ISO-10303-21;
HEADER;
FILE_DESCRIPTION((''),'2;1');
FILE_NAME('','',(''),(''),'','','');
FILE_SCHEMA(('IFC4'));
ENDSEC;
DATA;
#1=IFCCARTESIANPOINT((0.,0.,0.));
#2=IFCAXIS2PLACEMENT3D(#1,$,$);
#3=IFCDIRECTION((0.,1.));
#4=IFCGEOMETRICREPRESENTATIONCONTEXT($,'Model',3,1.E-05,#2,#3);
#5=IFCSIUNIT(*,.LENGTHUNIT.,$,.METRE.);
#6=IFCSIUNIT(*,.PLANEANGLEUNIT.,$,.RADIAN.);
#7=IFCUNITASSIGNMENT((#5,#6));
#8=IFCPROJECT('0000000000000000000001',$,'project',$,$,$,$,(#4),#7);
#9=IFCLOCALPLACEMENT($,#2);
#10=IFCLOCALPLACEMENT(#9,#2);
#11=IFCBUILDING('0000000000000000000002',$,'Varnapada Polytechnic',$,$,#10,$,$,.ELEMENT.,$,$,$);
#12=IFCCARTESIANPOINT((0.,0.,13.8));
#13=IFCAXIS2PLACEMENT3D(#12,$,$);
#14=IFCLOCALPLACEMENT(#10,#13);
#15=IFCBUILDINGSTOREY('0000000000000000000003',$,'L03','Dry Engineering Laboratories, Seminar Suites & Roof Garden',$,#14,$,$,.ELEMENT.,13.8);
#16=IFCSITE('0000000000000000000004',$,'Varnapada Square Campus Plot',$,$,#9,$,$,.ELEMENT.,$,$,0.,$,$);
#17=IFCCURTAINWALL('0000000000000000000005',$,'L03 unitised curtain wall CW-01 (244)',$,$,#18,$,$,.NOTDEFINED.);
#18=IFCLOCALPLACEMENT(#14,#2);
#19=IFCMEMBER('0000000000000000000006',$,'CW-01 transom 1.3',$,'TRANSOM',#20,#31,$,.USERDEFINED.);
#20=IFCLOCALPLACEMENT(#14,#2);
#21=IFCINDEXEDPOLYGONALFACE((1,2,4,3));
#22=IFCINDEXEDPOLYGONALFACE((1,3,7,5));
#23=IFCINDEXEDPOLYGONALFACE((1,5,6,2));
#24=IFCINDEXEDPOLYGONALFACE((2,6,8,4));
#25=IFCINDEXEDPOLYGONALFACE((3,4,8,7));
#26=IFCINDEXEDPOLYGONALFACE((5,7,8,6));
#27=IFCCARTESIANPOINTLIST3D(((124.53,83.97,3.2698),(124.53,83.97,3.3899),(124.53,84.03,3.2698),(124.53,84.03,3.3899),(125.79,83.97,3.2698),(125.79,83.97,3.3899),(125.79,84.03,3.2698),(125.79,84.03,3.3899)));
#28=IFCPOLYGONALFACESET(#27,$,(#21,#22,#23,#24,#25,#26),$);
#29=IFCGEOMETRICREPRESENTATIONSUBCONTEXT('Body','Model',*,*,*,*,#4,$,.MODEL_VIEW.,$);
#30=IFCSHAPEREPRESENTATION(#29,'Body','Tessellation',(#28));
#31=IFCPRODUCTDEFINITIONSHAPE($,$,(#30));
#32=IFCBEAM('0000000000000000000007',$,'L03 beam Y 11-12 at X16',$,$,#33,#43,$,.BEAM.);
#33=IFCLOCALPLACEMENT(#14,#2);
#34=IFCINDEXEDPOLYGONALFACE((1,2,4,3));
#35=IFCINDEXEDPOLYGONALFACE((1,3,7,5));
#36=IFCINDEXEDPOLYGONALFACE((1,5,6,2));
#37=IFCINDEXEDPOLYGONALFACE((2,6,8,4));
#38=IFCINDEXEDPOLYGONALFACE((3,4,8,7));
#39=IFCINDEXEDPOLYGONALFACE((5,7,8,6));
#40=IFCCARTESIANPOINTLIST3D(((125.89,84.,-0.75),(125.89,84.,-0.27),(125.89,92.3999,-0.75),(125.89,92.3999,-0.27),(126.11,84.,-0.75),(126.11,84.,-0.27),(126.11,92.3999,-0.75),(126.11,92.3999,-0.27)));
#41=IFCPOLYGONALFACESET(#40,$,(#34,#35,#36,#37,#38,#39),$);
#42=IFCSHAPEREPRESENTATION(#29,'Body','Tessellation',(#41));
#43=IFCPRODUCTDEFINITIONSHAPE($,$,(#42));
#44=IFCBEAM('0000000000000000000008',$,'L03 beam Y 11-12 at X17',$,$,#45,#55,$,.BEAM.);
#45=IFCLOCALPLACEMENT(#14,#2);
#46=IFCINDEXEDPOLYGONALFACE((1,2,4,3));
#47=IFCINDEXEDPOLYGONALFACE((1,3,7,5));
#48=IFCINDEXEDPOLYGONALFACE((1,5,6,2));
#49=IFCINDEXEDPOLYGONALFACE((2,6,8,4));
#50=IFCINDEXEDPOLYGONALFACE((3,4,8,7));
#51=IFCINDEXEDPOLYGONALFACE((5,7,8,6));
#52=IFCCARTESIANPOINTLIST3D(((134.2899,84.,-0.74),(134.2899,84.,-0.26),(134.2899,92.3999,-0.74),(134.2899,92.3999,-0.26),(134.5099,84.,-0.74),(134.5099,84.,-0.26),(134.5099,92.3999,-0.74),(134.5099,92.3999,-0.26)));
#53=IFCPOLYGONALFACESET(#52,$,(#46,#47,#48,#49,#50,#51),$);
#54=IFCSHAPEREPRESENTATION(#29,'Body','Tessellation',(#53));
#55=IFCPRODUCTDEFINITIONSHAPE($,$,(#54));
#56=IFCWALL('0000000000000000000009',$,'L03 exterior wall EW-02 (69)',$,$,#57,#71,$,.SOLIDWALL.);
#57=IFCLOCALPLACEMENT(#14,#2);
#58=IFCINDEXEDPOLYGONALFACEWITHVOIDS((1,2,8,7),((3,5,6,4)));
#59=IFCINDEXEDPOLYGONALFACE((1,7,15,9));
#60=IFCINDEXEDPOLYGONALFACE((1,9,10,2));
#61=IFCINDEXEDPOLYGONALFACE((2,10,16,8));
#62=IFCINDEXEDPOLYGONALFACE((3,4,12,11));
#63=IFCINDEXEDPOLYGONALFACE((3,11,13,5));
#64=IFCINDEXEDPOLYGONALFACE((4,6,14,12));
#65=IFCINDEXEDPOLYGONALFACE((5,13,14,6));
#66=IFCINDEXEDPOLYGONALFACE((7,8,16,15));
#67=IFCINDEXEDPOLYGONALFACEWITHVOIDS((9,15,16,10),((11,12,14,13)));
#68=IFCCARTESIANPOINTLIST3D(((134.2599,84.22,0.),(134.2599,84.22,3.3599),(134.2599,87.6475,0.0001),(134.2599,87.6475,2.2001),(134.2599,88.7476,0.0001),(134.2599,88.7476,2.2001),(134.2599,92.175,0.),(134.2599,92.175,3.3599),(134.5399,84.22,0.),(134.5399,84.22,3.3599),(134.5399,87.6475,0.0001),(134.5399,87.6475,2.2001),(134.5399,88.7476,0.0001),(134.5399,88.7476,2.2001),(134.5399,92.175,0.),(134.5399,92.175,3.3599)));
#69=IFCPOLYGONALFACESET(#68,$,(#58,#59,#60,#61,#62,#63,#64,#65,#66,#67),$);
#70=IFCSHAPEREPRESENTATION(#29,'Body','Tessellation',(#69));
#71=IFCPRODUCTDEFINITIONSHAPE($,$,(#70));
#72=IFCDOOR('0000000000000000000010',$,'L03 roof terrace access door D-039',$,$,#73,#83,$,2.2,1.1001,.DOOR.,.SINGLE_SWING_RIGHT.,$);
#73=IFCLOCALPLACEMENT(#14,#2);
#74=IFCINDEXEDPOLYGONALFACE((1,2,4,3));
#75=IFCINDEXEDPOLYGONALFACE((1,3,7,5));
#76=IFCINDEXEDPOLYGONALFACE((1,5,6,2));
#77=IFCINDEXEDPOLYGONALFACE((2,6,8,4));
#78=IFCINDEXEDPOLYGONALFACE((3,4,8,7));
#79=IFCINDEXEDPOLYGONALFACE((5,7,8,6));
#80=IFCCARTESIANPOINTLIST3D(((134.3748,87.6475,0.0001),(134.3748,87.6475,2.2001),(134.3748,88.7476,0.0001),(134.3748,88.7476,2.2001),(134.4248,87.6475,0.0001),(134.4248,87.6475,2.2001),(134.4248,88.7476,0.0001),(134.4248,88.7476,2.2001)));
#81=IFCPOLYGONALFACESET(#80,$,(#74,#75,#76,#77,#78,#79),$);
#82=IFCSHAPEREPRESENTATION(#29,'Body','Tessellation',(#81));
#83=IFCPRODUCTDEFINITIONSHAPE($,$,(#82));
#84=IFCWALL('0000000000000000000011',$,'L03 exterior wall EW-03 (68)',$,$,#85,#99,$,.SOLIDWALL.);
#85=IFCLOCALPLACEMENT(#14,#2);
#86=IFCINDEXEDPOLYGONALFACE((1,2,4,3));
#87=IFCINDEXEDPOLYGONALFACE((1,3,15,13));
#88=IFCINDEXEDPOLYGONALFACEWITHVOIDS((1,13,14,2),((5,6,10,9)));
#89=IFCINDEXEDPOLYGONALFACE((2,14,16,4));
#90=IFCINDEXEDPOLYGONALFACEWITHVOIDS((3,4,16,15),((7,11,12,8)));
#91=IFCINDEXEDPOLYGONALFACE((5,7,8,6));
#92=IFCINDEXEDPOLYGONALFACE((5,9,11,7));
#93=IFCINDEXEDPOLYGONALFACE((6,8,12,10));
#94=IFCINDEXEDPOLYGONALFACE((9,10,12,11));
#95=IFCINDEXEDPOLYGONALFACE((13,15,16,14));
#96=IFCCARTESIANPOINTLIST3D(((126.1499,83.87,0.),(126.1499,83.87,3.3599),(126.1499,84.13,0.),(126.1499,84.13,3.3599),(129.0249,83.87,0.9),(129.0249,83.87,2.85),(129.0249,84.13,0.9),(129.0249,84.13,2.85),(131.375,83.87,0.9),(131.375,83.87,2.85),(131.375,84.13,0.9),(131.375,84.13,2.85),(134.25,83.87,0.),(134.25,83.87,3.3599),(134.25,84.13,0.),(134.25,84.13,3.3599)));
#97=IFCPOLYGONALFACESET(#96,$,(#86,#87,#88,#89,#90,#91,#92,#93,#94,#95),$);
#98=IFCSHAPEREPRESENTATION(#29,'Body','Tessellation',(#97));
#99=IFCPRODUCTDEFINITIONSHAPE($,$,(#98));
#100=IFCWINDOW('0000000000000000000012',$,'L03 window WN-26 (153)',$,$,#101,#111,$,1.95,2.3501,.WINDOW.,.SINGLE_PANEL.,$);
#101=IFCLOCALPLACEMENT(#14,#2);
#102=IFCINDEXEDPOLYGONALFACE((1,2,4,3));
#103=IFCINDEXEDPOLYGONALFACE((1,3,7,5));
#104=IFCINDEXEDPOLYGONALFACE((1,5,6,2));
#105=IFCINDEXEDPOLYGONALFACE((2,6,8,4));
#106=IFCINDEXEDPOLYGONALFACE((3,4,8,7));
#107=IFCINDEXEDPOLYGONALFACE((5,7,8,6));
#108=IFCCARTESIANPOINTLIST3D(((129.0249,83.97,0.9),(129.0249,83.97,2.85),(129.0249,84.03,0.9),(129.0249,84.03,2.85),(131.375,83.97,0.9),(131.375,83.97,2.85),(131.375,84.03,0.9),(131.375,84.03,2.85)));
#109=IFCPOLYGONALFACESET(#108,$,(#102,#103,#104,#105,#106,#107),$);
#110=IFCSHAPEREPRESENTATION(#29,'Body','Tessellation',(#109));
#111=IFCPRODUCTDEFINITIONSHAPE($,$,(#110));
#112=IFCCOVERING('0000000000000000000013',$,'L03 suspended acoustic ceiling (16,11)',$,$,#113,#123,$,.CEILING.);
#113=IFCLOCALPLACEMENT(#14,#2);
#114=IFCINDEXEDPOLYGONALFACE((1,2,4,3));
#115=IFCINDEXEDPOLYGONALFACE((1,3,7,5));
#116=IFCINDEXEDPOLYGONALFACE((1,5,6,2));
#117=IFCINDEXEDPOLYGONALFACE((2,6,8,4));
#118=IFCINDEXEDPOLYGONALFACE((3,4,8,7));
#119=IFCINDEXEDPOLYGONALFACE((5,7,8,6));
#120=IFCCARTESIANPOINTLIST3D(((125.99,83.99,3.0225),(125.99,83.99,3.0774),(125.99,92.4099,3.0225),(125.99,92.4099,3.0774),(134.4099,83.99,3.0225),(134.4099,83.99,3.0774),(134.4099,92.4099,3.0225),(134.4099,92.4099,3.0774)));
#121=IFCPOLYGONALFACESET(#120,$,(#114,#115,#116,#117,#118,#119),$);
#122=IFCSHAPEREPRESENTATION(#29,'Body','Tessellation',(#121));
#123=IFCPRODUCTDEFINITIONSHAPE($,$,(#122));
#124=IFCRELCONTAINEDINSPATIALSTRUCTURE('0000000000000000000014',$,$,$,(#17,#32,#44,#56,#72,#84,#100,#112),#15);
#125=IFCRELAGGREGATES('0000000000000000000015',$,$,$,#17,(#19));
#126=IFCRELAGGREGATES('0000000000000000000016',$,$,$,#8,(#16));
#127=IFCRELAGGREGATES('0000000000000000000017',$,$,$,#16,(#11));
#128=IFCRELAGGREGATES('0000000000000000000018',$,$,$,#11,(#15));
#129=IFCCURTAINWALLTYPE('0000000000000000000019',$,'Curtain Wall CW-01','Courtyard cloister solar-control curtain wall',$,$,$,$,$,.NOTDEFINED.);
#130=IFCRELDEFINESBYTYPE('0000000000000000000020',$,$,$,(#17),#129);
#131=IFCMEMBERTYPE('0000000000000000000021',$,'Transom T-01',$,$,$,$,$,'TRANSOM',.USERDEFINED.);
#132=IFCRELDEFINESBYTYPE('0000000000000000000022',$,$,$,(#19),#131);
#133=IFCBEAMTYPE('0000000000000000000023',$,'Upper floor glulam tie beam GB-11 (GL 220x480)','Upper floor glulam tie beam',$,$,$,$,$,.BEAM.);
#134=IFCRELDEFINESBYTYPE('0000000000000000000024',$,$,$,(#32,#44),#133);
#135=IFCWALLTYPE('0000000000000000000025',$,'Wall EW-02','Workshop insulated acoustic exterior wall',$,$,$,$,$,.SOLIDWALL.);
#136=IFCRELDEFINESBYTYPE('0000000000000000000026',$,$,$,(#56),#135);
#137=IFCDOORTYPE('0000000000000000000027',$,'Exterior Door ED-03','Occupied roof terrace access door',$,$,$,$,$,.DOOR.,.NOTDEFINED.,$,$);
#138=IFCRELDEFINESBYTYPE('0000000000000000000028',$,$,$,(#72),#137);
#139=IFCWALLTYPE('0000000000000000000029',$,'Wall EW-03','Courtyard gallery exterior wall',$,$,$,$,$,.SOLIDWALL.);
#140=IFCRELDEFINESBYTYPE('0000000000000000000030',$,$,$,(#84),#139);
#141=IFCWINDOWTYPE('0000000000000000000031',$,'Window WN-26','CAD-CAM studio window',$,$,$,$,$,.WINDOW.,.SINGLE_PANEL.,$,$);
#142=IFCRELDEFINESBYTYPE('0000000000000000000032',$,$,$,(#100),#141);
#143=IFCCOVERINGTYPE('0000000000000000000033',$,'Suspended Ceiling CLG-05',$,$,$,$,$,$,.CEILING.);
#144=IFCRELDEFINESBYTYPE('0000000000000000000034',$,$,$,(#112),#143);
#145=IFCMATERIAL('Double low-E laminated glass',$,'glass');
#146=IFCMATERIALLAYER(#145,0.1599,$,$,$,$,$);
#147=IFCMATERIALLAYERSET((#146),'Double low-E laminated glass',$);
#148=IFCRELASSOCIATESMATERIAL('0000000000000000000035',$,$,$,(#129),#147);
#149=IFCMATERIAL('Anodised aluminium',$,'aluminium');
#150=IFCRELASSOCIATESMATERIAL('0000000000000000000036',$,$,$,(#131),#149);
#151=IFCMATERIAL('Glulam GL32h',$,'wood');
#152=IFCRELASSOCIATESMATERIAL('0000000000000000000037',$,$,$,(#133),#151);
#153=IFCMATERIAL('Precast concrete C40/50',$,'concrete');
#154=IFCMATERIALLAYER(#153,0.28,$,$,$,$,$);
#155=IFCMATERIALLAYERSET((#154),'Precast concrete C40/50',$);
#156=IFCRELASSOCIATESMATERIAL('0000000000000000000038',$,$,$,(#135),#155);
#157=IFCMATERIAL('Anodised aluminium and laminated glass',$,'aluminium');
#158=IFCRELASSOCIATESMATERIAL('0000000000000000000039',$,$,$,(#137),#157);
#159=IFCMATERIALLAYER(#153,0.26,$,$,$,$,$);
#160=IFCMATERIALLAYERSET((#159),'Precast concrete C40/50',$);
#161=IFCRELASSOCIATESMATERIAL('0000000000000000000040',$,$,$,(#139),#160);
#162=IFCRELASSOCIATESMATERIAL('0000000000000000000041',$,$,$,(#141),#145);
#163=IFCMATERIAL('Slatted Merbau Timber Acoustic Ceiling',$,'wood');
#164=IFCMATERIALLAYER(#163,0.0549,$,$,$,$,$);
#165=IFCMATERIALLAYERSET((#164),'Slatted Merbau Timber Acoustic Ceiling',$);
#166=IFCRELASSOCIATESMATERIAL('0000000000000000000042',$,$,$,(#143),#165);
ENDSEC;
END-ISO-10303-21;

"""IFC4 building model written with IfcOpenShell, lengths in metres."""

from ifc_helpers import new_model, si_unit, direction, frame, frame_2d, origin, origin_2d, place, context, subcontext, project, spatial, rectangle, extrude, material, layer, layer_set, material_profile, profile_set, type_object, element, fill, aggregate, save


model = new_model("IFC4")

# Units and contexts
model_context = context("Model", 3, precision=1e-05, world=origin(), true_north=direction((0.0, 1.0)))
body_context = subcontext(model_context, "Body", "Model", "MODEL_VIEW")
ifc_project = project(units=[si_unit("LENGTHUNIT", "METRE"), si_unit("PLANEANGLEUNIT", "RADIAN")], contexts=[model_context])

# Site, building, storey
site_placement = place(None, origin())
site = spatial("IfcSite", under=ifc_project, at=site_placement, Name="Varnapada Square Campus Plot", CompositionType="ELEMENT", RefElevation=0.0)
building_placement = place(site_placement, origin())
building = spatial("IfcBuilding", under=site, at=building_placement, Name="Varnapada Polytechnic", CompositionType="ELEMENT")
storey_placement = place(building_placement, frame((0.0, 0.0, 13.8)))
storey = spatial("IfcBuildingStorey", under=building, at=storey_placement, Name="L03", Description="Dry Engineering Laboratories, Seminar Suites & Roof Garden", CompositionType="ELEMENT", Elevation=13.8)

# Shared definitions
ifc_material_1 = material(Name="Glulam GL32h", Category="wood")

# Curtain wall
ifc_material_2 = material(Name="Double low-E laminated glass", Category="glass")
ifc_layer_1 = layer(ifc_material_2, 0.1599)
ifc_layer_set_1 = layer_set([ifc_layer_1], Name="Double low-E laminated glass")
curtain_wall_type = type_object("IfcCurtainWallType", Name="Curtain Wall CW-01", Description="Courtyard cloister solar-control curtain wall", PredefinedType="NOTDEFINED", material=ifc_layer_set_1)
curtain_wall_placement = place(storey_placement, origin())
curtain_wall = element("IfcCurtainWall", 1, at=curtain_wall_placement, inside=storey, type_object=curtain_wall_type, Name="L03 unitised curtain wall CW-01 (244)", PredefinedType="NOTDEFINED")
ifc_material_3 = material(Name="Anodised aluminium", Category="aluminium")

# Member
ifc_material_profile_1 = material_profile(ifc_material_3, rectangle(XDim=0.0601, YDim=0.1201, at=origin_2d()), Name="ALU T60x120")
ifc_profile_set_1 = profile_set([ifc_material_profile_1], Name="Anodised aluminium")
member_type_1 = type_object("IfcMemberType", Name="Transom T-01", ElementType="TRANSOM", PredefinedType="USERDEFINED", material=ifc_profile_set_1)
member_1_placement = place(storey_placement, frame((125.79, 84.0, 3.3298), z_axis=(-1.0, 0.0, 0.0), x_axis=(0.0, -1.0, 0.0)))
member_1 = element("IfcMember", 2, at=member_1_placement, type_object=member_type_1, Name="CW-01 transom 1.3", ObjectType="TRANSOM", PredefinedType="USERDEFINED", context=body_context, shape_type="SweptSolid", body=[
    extrude(rectangle(XDim=0.0601, YDim=0.1201, at=origin_2d()), origin(), (0.0, 0.0, 1.0), 1.26),
])
aggregate(curtain_wall, [member_1])

# Beams
ifc_material_profile_2 = material_profile(ifc_material_1, rectangle(XDim=0.22, YDim=0.48, at=origin_2d()), Name="GL 220x480")
ifc_profile_set_2 = profile_set([ifc_material_profile_2], Name="Glulam GL32h")
beam_type_1 = type_object("IfcBeamType", Name="Upper floor glulam tie beam GB-11 (GL 220x480)", Description="Upper floor glulam tie beam", PredefinedType="BEAM", material=ifc_profile_set_2)
for number, where, z_axis, x_axis, name in (
    (3, (126.0, 84.0, -0.51), (0.0, 1.0, 0.0), (-1.0, 0.0, 0.0), "L03 beam Y 11-12 at X16"),
    (4, (134.3999, 84.0, -0.5), (0.0, 1.0, 0.0), (-1.0, 0.0, 0.0), "L03 beam Y 11-12 at X17"),
):
    element("IfcBeam", number, at=place(storey_placement, frame(where, z_axis=z_axis, x_axis=x_axis)), inside=storey, type_object=beam_type_1, Name=name, PredefinedType="BEAM", context=body_context, shape_type="SweptSolid", body=[
        extrude(rectangle(XDim=0.22, YDim=0.48, at=origin_2d()), origin(), (0.0, 0.0, 1.0), 8.3999),
    ])

# Wall, opening, door
ifc_material_4 = material(Name="Precast concrete C40/50", Category="concrete")
ifc_layer_2 = layer(ifc_material_4, 0.28)
ifc_layer_set_2 = layer_set([ifc_layer_2], Name="Precast concrete C40/50")
wall_type_1 = type_object("IfcWallType", Name="Wall EW-02", Description="Workshop insulated acoustic exterior wall", PredefinedType="SOLIDWALL", material=ifc_layer_set_2)
wall_1_placement = place(storey_placement, frame((134.3999, 92.175, 0.0), z_axis=(0.0, 0.0, 1.0), x_axis=(0.0, -1.0, 0.0)))
wall_1 = element("IfcWall", 5, at=wall_1_placement, inside=storey, type_object=wall_type_1, Name="L03 exterior wall EW-02 (69)", PredefinedType="SOLIDWALL", context=body_context, shape_type="SweptSolid", body=[
    extrude(rectangle(XDim=7.9551, YDim=0.28, at=frame_2d((3.9775, 0.0))), origin(), (0.0, 0.0, 1.0), 3.3599),
])
opening_1_placement = place(wall_1_placement, frame((3.4275, 0.0, 0.0)))
opening_1 = element("IfcOpeningElement", 6, at=opening_1_placement, cuts=wall_1, PredefinedType="OPENING", context=body_context, shape_type="SweptSolid", body=[
    extrude(rectangle(XDim=1.1001, YDim=2.2, at=frame_2d((0.55, 1.1001))), frame((0.0, 0.1499, 0.0), z_axis=(0.0, -1.0, 0.0), x_axis=(1.0, 0.0, 0.0)), (0.0, 0.0, 1.0), 0.3),
])
ifc_material_5 = material(Name="Anodised aluminium and laminated glass", Category="aluminium")
door_type = type_object("IfcDoorType", Name="Exterior Door ED-03", Description="Occupied roof terrace access door", OperationType="NOTDEFINED", PredefinedType="DOOR", material=ifc_material_5)
door_placement = place(opening_1_placement, origin())
door = element("IfcDoor", 7, at=door_placement, inside=storey, type_object=door_type, Name="L03 roof terrace access door D-039", OperationType="SINGLE_SWING_RIGHT", OverallHeight=2.2, OverallWidth=1.1001, PredefinedType="DOOR", context=body_context, shape_type="SweptSolid", body=[
    extrude(rectangle(XDim=1.1001, YDim=2.2, at=frame_2d((0.55, 1.1001))), frame((0.0, 0.0249, 0.0), z_axis=(0.0, -1.0, 0.0), x_axis=(1.0, 0.0, 0.0)), (0.0, 0.0, 1.0), 0.05),
])
fill(opening_1, door)

# Wall, opening, window
ifc_layer_3 = layer(ifc_material_4, 0.26)
ifc_layer_set_3 = layer_set([ifc_layer_3], Name="Precast concrete C40/50")
wall_type_2 = type_object("IfcWallType", Name="Wall EW-03", Description="Courtyard gallery exterior wall", PredefinedType="SOLIDWALL", material=ifc_layer_set_3)
wall_2_placement = place(storey_placement, frame((134.25, 84.0, 0.0), z_axis=(0.0, 0.0, 1.0), x_axis=(-1.0, 0.0, 0.0)))
wall_2 = element("IfcWall", 8, at=wall_2_placement, inside=storey, type_object=wall_type_2, Name="L03 exterior wall EW-03 (68)", PredefinedType="SOLIDWALL", context=body_context, shape_type="SweptSolid", body=[
    extrude(rectangle(XDim=8.1001, YDim=0.26, at=frame_2d((4.05, 0.0))), origin(), (0.0, 0.0, 1.0), 3.3599),
])
opening_2_placement = place(wall_2_placement, frame((2.875, 0.0, 0.8999)))
opening_2 = element("IfcOpeningElement", 9, at=opening_2_placement, cuts=wall_2, PredefinedType="OPENING", context=body_context, shape_type="SweptSolid", body=[
    extrude(rectangle(XDim=2.3501, YDim=1.95, at=frame_2d((1.175, 0.9751))), frame((0.0, 0.1399, 0.0), z_axis=(0.0, -1.0, 0.0), x_axis=(1.0, 0.0, 0.0)), (0.0, 0.0, 1.0), 0.28),
])
window_type = type_object("IfcWindowType", Name="Window WN-26", Description="CAD-CAM studio window", PartitioningType="SINGLE_PANEL", PredefinedType="WINDOW", material=ifc_material_2)
window_placement = place(opening_2_placement, origin())
window = element("IfcWindow", 10, at=window_placement, inside=storey, type_object=window_type, Name="L03 window WN-26 (153)", OverallHeight=1.95, OverallWidth=2.3501, PartitioningType="SINGLE_PANEL", PredefinedType="WINDOW", context=body_context, shape_type="SweptSolid", body=[
    extrude(rectangle(XDim=2.3501, YDim=1.95, at=frame_2d((1.175, 0.9751))), frame((0.0, 0.03, 0.0), z_axis=(0.0, -1.0, 0.0), x_axis=(1.0, 0.0, 0.0)), (0.0, 0.0, 1.0), 0.0601),
])
fill(opening_2, window)

# Covering
ifc_material_6 = material(Name="Slatted Merbau Timber Acoustic Ceiling", Category="wood")
ifc_layer_4 = layer(ifc_material_6, 0.0549)
ifc_layer_set_4 = layer_set([ifc_layer_4], Name="Slatted Merbau Timber Acoustic Ceiling")
covering_type = type_object("IfcCoveringType", Name="Suspended Ceiling CLG-05", PredefinedType="CEILING", material=ifc_layer_set_4)
covering_placement = place(storey_placement, frame((130.2, 88.2, 3.0225), z_axis=(0.0, 0.0, 1.0), x_axis=(1.0, 0.0, 0.0)))
element("IfcCovering", 11, at=covering_placement, inside=storey, type_object=covering_type, Name="L03 suspended acoustic ceiling (16,11)", PredefinedType="CEILING", context=body_context, shape_type="SweptSolid", body=[
    extrude(rectangle(XDim=8.4199, YDim=8.4199, at=origin_2d()), origin(), (0.0, 0.0, 1.0), 0.0549),
])

save(model, "model.ifc")
